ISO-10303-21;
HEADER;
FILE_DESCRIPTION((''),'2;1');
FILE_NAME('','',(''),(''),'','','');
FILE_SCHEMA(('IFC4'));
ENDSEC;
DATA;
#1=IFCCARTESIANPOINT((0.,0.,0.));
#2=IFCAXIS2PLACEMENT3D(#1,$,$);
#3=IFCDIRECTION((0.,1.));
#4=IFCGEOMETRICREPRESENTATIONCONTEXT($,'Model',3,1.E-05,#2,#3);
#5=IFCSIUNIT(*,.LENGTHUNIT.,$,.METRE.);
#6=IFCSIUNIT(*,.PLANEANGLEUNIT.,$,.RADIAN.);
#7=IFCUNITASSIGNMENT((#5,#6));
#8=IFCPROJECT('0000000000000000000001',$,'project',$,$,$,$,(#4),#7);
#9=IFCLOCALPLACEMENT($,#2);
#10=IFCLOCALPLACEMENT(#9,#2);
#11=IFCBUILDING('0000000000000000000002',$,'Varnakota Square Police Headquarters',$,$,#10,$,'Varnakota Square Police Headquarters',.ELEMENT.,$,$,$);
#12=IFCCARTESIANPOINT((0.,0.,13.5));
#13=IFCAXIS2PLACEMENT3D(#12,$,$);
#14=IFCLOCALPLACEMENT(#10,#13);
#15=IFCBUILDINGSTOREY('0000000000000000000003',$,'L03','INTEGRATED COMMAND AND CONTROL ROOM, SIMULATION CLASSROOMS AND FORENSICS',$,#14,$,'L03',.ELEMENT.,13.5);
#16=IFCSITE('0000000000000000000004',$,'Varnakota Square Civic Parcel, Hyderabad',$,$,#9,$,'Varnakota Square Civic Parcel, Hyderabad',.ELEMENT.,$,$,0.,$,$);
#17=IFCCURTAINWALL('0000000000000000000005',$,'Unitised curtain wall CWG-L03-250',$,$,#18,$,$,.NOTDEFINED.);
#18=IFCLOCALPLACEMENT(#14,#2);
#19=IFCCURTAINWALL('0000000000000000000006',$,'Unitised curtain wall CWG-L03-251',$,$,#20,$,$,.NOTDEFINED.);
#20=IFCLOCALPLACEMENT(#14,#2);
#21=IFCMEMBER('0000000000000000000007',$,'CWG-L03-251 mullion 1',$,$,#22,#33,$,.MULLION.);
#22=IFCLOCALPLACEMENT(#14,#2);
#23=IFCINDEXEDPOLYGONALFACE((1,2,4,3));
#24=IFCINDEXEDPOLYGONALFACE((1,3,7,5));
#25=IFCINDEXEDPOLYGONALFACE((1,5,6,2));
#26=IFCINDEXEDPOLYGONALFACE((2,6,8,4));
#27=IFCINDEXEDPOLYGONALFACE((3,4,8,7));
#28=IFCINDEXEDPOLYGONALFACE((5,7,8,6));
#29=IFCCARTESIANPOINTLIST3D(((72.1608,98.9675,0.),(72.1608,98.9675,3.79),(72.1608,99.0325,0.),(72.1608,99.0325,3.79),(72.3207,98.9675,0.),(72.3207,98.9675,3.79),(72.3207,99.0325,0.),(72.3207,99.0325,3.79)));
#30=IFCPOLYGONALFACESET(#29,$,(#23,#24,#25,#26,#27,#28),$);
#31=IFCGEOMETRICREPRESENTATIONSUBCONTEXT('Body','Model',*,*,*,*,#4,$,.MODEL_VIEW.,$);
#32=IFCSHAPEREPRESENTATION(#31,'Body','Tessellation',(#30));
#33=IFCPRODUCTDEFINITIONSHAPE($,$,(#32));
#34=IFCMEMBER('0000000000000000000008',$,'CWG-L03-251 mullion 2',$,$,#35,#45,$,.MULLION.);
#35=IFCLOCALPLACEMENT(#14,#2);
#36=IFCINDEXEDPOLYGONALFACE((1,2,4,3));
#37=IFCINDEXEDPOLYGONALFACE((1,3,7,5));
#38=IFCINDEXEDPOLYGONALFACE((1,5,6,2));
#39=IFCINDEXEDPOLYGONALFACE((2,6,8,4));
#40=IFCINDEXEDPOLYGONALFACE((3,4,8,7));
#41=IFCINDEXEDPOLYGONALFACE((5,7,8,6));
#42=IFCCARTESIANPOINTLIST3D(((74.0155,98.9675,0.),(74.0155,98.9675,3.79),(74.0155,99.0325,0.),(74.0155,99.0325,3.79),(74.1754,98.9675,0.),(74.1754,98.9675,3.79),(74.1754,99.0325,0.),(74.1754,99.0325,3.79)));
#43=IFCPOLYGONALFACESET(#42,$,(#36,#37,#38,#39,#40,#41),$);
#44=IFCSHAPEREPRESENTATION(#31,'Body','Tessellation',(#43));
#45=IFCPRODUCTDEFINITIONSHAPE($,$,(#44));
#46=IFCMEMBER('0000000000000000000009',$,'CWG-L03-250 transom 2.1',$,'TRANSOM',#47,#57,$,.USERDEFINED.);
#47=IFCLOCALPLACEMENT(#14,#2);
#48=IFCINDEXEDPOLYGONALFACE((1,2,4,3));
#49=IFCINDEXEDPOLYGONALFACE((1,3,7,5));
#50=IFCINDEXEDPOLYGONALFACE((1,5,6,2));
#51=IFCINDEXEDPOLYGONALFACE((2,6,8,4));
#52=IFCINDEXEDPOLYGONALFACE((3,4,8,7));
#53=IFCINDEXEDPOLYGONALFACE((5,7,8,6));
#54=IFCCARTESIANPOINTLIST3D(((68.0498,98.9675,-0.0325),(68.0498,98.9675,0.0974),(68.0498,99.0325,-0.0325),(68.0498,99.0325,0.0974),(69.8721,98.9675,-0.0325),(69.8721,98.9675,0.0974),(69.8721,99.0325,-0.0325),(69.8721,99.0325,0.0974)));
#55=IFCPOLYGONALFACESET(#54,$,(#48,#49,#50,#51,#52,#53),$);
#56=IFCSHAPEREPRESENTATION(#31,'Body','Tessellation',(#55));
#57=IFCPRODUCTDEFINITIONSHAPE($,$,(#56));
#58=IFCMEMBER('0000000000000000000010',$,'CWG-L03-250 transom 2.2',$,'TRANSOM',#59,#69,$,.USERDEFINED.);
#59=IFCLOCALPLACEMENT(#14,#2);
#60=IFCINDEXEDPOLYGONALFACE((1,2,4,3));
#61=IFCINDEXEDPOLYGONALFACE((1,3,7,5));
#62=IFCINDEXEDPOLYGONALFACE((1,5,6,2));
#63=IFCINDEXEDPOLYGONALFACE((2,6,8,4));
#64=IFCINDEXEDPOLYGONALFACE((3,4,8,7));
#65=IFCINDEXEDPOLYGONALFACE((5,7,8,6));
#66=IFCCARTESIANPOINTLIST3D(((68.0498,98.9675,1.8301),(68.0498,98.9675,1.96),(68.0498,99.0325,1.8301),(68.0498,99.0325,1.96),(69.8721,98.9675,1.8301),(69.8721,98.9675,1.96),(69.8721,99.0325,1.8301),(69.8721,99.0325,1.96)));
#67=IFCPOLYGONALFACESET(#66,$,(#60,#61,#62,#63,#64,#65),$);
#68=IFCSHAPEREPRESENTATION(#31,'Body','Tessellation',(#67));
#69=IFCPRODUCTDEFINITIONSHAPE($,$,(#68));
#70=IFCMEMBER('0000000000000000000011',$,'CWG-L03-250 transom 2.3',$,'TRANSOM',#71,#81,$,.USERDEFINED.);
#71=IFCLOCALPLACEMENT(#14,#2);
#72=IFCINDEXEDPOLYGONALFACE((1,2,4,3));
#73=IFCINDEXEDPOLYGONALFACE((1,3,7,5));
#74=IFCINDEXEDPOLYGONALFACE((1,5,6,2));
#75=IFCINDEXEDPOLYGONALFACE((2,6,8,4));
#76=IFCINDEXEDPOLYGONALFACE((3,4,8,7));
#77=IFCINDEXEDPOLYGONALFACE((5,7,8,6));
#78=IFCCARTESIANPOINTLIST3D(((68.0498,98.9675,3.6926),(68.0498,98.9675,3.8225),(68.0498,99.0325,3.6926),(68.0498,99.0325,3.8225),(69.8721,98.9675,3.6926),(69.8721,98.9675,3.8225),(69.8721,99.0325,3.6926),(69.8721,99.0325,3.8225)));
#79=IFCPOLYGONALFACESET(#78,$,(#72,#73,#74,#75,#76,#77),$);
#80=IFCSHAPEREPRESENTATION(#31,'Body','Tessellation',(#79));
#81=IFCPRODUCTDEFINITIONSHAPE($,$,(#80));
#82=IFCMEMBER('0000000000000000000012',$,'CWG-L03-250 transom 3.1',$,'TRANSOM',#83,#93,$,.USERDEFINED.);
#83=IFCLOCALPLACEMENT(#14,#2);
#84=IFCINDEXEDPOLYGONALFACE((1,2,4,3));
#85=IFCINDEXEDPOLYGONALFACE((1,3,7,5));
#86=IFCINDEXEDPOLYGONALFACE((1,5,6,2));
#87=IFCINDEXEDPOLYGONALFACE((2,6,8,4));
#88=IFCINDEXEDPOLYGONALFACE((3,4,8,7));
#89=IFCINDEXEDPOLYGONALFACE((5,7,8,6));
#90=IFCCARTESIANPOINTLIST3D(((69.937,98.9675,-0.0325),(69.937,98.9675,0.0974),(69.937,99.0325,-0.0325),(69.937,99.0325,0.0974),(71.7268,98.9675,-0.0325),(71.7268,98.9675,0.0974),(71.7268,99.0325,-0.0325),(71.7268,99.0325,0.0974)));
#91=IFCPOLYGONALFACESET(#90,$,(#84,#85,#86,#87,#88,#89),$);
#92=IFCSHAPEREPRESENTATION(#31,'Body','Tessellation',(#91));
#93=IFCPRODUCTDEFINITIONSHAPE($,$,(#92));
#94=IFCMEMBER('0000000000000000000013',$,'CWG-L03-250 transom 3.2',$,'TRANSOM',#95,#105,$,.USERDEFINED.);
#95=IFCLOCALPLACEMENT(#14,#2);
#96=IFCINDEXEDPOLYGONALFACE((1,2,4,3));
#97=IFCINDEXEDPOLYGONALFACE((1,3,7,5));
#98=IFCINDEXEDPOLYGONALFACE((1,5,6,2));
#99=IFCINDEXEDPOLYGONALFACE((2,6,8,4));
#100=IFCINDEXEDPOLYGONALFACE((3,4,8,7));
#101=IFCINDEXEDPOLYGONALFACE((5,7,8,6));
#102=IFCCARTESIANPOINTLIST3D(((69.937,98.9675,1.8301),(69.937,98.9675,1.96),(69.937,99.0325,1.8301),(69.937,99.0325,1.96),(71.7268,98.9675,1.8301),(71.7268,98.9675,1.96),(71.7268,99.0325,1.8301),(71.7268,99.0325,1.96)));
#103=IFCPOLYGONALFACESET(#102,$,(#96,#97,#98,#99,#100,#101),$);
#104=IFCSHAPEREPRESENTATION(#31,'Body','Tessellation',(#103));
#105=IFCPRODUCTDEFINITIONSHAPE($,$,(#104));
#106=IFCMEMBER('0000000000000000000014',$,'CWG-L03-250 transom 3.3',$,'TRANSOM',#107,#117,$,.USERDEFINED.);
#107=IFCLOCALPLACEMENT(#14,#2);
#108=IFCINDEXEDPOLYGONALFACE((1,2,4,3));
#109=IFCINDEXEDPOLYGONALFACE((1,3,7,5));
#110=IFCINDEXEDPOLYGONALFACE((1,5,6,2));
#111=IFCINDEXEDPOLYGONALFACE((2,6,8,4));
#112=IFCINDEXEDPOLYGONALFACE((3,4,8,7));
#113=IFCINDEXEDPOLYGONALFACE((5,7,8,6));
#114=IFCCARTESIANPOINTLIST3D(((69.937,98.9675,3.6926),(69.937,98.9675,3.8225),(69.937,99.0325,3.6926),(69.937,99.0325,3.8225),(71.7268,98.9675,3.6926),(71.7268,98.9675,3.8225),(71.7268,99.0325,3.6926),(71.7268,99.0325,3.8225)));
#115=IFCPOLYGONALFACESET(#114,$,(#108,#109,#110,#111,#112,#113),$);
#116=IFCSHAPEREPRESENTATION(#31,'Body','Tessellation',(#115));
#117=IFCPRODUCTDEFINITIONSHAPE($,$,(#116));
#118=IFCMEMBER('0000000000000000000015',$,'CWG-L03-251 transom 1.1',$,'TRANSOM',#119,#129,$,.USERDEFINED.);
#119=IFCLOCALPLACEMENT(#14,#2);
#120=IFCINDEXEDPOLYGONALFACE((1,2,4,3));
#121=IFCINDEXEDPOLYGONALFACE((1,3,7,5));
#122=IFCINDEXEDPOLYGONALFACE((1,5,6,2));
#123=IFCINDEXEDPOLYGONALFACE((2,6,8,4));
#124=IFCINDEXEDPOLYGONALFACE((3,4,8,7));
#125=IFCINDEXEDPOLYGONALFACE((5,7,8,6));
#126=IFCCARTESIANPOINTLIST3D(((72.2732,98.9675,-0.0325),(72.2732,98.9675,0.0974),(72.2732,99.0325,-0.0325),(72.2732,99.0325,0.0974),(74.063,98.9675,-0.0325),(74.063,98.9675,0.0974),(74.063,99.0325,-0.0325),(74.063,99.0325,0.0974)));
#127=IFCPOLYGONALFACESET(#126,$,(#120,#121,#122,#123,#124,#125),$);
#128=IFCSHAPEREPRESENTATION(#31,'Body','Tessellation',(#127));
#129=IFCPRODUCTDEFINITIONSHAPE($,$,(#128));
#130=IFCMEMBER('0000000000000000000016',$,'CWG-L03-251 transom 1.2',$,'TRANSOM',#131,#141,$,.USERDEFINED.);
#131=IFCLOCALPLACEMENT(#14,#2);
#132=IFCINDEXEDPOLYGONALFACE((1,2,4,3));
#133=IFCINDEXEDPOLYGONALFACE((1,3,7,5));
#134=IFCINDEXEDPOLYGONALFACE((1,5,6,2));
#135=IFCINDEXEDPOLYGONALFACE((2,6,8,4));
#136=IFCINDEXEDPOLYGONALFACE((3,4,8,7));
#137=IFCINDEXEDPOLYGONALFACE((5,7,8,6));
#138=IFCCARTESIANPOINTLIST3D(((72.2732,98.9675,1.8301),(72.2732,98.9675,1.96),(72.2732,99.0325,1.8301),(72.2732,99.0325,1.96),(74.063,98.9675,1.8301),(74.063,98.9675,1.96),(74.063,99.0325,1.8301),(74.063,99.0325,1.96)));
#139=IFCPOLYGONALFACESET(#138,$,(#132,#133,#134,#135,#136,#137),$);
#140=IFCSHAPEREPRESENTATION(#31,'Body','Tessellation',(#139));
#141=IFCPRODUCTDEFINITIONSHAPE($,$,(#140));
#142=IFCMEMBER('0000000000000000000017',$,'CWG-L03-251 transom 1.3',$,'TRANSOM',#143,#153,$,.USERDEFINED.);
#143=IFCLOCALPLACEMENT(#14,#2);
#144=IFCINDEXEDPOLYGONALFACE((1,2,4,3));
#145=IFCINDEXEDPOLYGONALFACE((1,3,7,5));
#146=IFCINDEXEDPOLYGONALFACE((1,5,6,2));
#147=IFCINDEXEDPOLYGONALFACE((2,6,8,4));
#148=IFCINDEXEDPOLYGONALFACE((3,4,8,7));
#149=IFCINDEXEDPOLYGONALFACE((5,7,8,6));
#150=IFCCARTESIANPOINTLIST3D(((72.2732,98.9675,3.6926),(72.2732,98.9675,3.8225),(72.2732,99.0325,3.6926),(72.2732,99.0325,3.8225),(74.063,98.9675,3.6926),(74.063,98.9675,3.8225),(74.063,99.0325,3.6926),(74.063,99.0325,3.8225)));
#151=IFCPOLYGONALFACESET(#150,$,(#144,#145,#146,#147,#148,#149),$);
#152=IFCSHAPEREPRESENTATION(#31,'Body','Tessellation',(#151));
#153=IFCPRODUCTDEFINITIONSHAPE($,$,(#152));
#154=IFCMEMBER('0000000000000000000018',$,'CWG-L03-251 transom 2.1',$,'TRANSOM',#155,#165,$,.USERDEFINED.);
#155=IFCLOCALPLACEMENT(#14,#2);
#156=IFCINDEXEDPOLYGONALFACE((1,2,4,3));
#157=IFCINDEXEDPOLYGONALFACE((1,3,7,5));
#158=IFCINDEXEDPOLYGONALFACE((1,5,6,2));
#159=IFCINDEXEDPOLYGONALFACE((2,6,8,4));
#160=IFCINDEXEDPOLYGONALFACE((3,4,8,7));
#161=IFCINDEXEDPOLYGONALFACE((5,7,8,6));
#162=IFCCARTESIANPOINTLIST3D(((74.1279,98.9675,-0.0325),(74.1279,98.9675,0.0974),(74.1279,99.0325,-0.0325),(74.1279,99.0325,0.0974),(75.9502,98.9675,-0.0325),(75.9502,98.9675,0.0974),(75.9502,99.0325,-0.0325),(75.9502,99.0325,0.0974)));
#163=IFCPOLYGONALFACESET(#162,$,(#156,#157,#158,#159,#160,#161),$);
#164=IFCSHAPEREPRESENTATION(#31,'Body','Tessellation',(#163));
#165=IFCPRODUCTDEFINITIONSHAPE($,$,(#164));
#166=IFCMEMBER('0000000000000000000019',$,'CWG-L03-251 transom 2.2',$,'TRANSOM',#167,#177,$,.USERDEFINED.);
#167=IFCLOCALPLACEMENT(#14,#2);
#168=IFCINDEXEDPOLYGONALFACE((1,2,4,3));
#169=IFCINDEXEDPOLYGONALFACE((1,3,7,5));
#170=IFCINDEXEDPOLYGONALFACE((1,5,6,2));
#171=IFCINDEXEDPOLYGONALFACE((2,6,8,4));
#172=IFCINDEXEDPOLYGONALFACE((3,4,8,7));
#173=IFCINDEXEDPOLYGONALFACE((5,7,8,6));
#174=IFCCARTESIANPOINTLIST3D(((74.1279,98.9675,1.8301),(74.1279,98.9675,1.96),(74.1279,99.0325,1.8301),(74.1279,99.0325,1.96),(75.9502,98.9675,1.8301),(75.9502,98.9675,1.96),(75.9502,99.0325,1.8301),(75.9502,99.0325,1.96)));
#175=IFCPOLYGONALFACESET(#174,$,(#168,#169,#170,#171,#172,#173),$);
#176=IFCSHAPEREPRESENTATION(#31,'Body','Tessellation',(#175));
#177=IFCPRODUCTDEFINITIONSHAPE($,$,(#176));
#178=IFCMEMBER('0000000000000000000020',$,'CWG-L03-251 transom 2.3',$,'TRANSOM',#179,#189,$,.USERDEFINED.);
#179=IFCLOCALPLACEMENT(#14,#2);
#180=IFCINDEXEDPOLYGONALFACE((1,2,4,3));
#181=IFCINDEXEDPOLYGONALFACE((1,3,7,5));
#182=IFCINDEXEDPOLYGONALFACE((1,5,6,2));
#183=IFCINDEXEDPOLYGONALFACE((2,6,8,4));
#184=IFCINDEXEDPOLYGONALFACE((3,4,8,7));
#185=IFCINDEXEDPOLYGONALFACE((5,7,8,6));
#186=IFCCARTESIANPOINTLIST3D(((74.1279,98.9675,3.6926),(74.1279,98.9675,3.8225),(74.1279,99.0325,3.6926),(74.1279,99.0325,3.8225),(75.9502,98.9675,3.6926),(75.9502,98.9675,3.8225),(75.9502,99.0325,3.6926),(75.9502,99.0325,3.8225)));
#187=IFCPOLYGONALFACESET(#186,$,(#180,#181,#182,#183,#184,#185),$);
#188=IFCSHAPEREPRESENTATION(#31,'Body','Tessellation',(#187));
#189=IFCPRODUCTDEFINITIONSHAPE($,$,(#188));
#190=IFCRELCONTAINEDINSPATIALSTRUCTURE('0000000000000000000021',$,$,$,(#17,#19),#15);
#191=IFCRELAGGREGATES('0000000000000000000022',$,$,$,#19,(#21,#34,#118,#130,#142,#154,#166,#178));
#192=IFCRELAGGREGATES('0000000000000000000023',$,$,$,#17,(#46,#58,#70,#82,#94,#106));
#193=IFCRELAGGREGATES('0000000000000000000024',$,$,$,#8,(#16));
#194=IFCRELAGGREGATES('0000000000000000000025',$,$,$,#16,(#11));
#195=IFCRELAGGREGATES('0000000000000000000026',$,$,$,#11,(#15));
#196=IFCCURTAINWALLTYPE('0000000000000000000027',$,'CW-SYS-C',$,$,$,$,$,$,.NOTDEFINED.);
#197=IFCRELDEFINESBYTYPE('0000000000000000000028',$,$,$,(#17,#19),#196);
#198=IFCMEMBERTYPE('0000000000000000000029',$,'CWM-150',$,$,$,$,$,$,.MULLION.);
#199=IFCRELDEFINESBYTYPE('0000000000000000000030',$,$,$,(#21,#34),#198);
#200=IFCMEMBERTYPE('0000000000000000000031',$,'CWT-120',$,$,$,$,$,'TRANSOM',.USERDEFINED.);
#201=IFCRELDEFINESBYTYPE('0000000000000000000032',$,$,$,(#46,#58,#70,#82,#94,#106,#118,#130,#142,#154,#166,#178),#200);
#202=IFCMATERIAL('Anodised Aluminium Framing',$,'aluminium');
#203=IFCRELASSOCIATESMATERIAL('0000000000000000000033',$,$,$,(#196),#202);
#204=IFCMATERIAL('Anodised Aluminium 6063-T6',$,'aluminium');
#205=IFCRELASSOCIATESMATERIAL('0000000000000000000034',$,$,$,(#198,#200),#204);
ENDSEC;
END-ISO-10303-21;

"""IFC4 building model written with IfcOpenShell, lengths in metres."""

from ifc_helpers import new_model, si_unit, direction, frame, origin, origin_2d, place, context, subcontext, project, spatial, rectangle, extrude, material, material_profile, profile_set, type_object, element, aggregate, save


model = new_model("IFC4")

# Units and contexts
model_context = context("Model", 3, precision=1e-05, world=origin(), true_north=direction((0.0, 1.0)))
body_context = subcontext(model_context, "Body", "Model", "MODEL_VIEW")
ifc_project = project(units=[si_unit("LENGTHUNIT", "METRE"), si_unit("PLANEANGLEUNIT", "RADIAN")], contexts=[model_context])

# Site, building, storey
site_placement = place(None, origin())
site = spatial("IfcSite", under=ifc_project, at=site_placement, Name="Varnakota Square Civic Parcel, Hyderabad", LongName="Varnakota Square Civic Parcel, Hyderabad", CompositionType="ELEMENT", RefElevation=0.0)
building_placement = place(site_placement, origin())
building = spatial("IfcBuilding", under=site, at=building_placement, Name="Varnakota Square Police Headquarters", LongName="Varnakota Square Police Headquarters", CompositionType="ELEMENT")
storey_placement = place(building_placement, frame((0.0, 0.0, 13.5)))
storey = spatial("IfcBuildingStorey", under=building, at=storey_placement, Name="L03", Description="INTEGRATED COMMAND AND CONTROL ROOM, SIMULATION CLASSROOMS AND FORENSICS", LongName="L03", CompositionType="ELEMENT", Elevation=13.5)

# Curtain walls, members
ifc_material_1 = material(Name="Anodised Aluminium Framing", Category="aluminium")
curtain_wall_type = type_object("IfcCurtainWallType", Name="CW-SYS-C", PredefinedType="NOTDEFINED", material=ifc_material_1)
curtain_wall_1_placement = place(storey_placement, origin())
curtain_wall_1 = element("IfcCurtainWall", 1, at=curtain_wall_1_placement, inside=storey, type_object=curtain_wall_type, Name="Unitised curtain wall CWG-L03-250", PredefinedType="NOTDEFINED")
ifc_material_2 = material(Name="Anodised Aluminium 6063-T6", Category="aluminium")
ifc_material_profile_1 = material_profile(ifc_material_2, rectangle(XDim=0.0649, YDim=0.1599, at=origin_2d()), Name="ALU MULLION 65x160")
ifc_profile_set_1 = profile_set([ifc_material_profile_1], Name="Anodised Aluminium 6063-T6")
member_type_1 = type_object("IfcMemberType", Name="CWM-150", PredefinedType="MULLION", material=ifc_profile_set_1)
curtain_wall_2_placement = place(storey_placement, origin())
curtain_wall_2 = element("IfcCurtainWall", 2, at=curtain_wall_2_placement, inside=storey, type_object=curtain_wall_type, Name="Unitised curtain wall CWG-L03-251", PredefinedType="NOTDEFINED")
member_1_placement = place(storey_placement, frame((72.2407, 99.0, 0.0), z_axis=(0.0, 0.0, 1.0), x_axis=(0.0, 1.0, 0.0)))
member_1 = element("IfcMember", 3, at=member_1_placement, type_object=member_type_1, Name="CWG-L03-251 mullion 1", PredefinedType="MULLION", context=body_context, shape_type="SweptSolid", body=[
    extrude(rectangle(XDim=0.0649, YDim=0.1599, at=origin_2d()), origin(), (0.0, 0.0, 1.0), 3.79),
])
member_2_placement = place(storey_placement, frame((74.0955, 99.0, 0.0), z_axis=(0.0, 0.0, 1.0), x_axis=(0.0, 1.0, 0.0)))
member_2 = element("IfcMember", 4, at=member_2_placement, type_object=member_type_1, Name="CWG-L03-251 mullion 2", PredefinedType="MULLION", context=body_context, shape_type="SweptSolid", body=[
    extrude(rectangle(XDim=0.0649, YDim=0.1599, at=origin_2d()), origin(), (0.0, 0.0, 1.0), 3.79),
])

# Members
ifc_material_profile_2 = material_profile(ifc_material_2, rectangle(XDim=0.0649, YDim=0.1299, at=origin_2d()), Name="ALU TRANSOM 65x130")
ifc_profile_set_2 = profile_set([ifc_material_profile_2], Name="Anodised Aluminium 6063-T6")
member_type_2 = type_object("IfcMemberType", Name="CWT-120", ElementType="TRANSOM", PredefinedType="USERDEFINED", material=ifc_profile_set_2)
member_3_placement = place(storey_placement, frame((68.0498, 99.0, 0.0325), z_axis=(1.0, 0.0, 0.0), x_axis=(0.0, 1.0, 0.0)))
member_3 = element("IfcMember", 5, at=member_3_placement, type_object=member_type_2, Name="CWG-L03-250 transom 2.1", ObjectType="TRANSOM", PredefinedType="USERDEFINED", context=body_context, shape_type="SweptSolid", body=[
    extrude(rectangle(XDim=0.0649, YDim=0.1299, at=origin_2d()), origin(), (0.0, 0.0, 1.0), 1.8223),
])
member_4_placement = place(storey_placement, frame((68.0498, 99.0, 1.895), z_axis=(1.0, 0.0, 0.0), x_axis=(0.0, 1.0, 0.0)))
member_4 = element("IfcMember", 6, at=member_4_placement, type_object=member_type_2, Name="CWG-L03-250 transom 2.2", ObjectType="TRANSOM", PredefinedType="USERDEFINED", context=body_context, shape_type="SweptSolid", body=[
    extrude(rectangle(XDim=0.0649, YDim=0.1299, at=origin_2d()), origin(), (0.0, 0.0, 1.0), 1.8223),
])
member_5_placement = place(storey_placement, frame((68.0498, 99.0, 3.7576), z_axis=(1.0, 0.0, 0.0), x_axis=(0.0, 1.0, 0.0)))
member_5 = element("IfcMember", 7, at=member_5_placement, type_object=member_type_2, Name="CWG-L03-250 transom 2.3", ObjectType="TRANSOM", PredefinedType="USERDEFINED", context=body_context, shape_type="SweptSolid", body=[
    extrude(rectangle(XDim=0.0649, YDim=0.1299, at=origin_2d()), origin(), (0.0, 0.0, 1.0), 1.8223),
])
member_6_placement = place(storey_placement, frame((69.937, 99.0, 0.0325), z_axis=(1.0, 0.0, 0.0), x_axis=(0.0, 1.0, 0.0)))
member_6 = element("IfcMember", 8, at=member_6_placement, type_object=member_type_2, Name="CWG-L03-250 transom 3.1", ObjectType="TRANSOM", PredefinedType="USERDEFINED", context=body_context, shape_type="SweptSolid", body=[
    extrude(rectangle(XDim=0.0649, YDim=0.1299, at=origin_2d()), origin(), (0.0, 0.0, 1.0), 1.7898),
])
member_7_placement = place(storey_placement, frame((69.937, 99.0, 1.895), z_axis=(1.0, 0.0, 0.0), x_axis=(0.0, 1.0, 0.0)))
member_7 = element("IfcMember", 9, at=member_7_placement, type_object=member_type_2, Name="CWG-L03-250 transom 3.2", ObjectType="TRANSOM", PredefinedType="USERDEFINED", context=body_context, shape_type="SweptSolid", body=[
    extrude(rectangle(XDim=0.0649, YDim=0.1299, at=origin_2d()), origin(), (0.0, 0.0, 1.0), 1.7898),
])
member_8_placement = place(storey_placement, frame((69.937, 99.0, 3.7576), z_axis=(1.0, 0.0, 0.0), x_axis=(0.0, 1.0, 0.0)))
member_8 = element("IfcMember", 10, at=member_8_placement, type_object=member_type_2, Name="CWG-L03-250 transom 3.3", ObjectType="TRANSOM", PredefinedType="USERDEFINED", context=body_context, shape_type="SweptSolid", body=[
    extrude(rectangle(XDim=0.0649, YDim=0.1299, at=origin_2d()), origin(), (0.0, 0.0, 1.0), 1.7898),
])
member_9_placement = place(storey_placement, frame((72.2732, 99.0, 0.0325), z_axis=(1.0, 0.0, 0.0), x_axis=(0.0, 1.0, 0.0)))
member_9 = element("IfcMember", 11, at=member_9_placement, type_object=member_type_2, Name="CWG-L03-251 transom 1.1", ObjectType="TRANSOM", PredefinedType="USERDEFINED", context=body_context, shape_type="SweptSolid", body=[
    extrude(rectangle(XDim=0.0649, YDim=0.1299, at=origin_2d()), origin(), (0.0, 0.0, 1.0), 1.7898),
])
member_10_placement = place(storey_placement, frame((72.2732, 99.0, 1.895), z_axis=(1.0, 0.0, 0.0), x_axis=(0.0, 1.0, 0.0)))
member_10 = element("IfcMember", 12, at=member_10_placement, type_object=member_type_2, Name="CWG-L03-251 transom 1.2", ObjectType="TRANSOM", PredefinedType="USERDEFINED", context=body_context, shape_type="SweptSolid", body=[
    extrude(rectangle(XDim=0.0649, YDim=0.1299, at=origin_2d()), origin(), (0.0, 0.0, 1.0), 1.7898),
])
member_11_placement = place(storey_placement, frame((72.2732, 99.0, 3.7576), z_axis=(1.0, 0.0, 0.0), x_axis=(0.0, 1.0, 0.0)))
member_11 = element("IfcMember", 13, at=member_11_placement, type_object=member_type_2, Name="CWG-L03-251 transom 1.3", ObjectType="TRANSOM", PredefinedType="USERDEFINED", context=body_context, shape_type="SweptSolid", body=[
    extrude(rectangle(XDim=0.0649, YDim=0.1299, at=origin_2d()), origin(), (0.0, 0.0, 1.0), 1.7898),
])
member_12_placement = place(storey_placement, frame((74.1279, 99.0, 0.0325), z_axis=(1.0, 0.0, 0.0), x_axis=(0.0, 1.0, 0.0)))
member_12 = element("IfcMember", 14, at=member_12_placement, type_object=member_type_2, Name="CWG-L03-251 transom 2.1", ObjectType="TRANSOM", PredefinedType="USERDEFINED", context=body_context, shape_type="SweptSolid", body=[
    extrude(rectangle(XDim=0.0649, YDim=0.1299, at=origin_2d()), origin(), (0.0, 0.0, 1.0), 1.8223),
])
member_13_placement = place(storey_placement, frame((74.1279, 99.0, 1.895), z_axis=(1.0, 0.0, 0.0), x_axis=(0.0, 1.0, 0.0)))
member_13 = element("IfcMember", 15, at=member_13_placement, type_object=member_type_2, Name="CWG-L03-251 transom 2.2", ObjectType="TRANSOM", PredefinedType="USERDEFINED", context=body_context, shape_type="SweptSolid", body=[
    extrude(rectangle(XDim=0.0649, YDim=0.1299, at=origin_2d()), origin(), (0.0, 0.0, 1.0), 1.8223),
])
member_14_placement = place(storey_placement, frame((74.1279, 99.0, 3.7576), z_axis=(1.0, 0.0, 0.0), x_axis=(0.0, 1.0, 0.0)))
member_14 = element("IfcMember", 16, at=member_14_placement, type_object=member_type_2, Name="CWG-L03-251 transom 2.3", ObjectType="TRANSOM", PredefinedType="USERDEFINED", context=body_context, shape_type="SweptSolid", body=[
    extrude(rectangle(XDim=0.0649, YDim=0.1299, at=origin_2d()), origin(), (0.0, 0.0, 1.0), 1.8223),
])

aggregate(curtain_wall_2, [member_1, member_2, member_9, member_10, member_11, member_12, member_13, member_14])
aggregate(curtain_wall_1, [member_3, member_4, member_5, member_6, member_7, member_8])

save(model, "model.ifc")
